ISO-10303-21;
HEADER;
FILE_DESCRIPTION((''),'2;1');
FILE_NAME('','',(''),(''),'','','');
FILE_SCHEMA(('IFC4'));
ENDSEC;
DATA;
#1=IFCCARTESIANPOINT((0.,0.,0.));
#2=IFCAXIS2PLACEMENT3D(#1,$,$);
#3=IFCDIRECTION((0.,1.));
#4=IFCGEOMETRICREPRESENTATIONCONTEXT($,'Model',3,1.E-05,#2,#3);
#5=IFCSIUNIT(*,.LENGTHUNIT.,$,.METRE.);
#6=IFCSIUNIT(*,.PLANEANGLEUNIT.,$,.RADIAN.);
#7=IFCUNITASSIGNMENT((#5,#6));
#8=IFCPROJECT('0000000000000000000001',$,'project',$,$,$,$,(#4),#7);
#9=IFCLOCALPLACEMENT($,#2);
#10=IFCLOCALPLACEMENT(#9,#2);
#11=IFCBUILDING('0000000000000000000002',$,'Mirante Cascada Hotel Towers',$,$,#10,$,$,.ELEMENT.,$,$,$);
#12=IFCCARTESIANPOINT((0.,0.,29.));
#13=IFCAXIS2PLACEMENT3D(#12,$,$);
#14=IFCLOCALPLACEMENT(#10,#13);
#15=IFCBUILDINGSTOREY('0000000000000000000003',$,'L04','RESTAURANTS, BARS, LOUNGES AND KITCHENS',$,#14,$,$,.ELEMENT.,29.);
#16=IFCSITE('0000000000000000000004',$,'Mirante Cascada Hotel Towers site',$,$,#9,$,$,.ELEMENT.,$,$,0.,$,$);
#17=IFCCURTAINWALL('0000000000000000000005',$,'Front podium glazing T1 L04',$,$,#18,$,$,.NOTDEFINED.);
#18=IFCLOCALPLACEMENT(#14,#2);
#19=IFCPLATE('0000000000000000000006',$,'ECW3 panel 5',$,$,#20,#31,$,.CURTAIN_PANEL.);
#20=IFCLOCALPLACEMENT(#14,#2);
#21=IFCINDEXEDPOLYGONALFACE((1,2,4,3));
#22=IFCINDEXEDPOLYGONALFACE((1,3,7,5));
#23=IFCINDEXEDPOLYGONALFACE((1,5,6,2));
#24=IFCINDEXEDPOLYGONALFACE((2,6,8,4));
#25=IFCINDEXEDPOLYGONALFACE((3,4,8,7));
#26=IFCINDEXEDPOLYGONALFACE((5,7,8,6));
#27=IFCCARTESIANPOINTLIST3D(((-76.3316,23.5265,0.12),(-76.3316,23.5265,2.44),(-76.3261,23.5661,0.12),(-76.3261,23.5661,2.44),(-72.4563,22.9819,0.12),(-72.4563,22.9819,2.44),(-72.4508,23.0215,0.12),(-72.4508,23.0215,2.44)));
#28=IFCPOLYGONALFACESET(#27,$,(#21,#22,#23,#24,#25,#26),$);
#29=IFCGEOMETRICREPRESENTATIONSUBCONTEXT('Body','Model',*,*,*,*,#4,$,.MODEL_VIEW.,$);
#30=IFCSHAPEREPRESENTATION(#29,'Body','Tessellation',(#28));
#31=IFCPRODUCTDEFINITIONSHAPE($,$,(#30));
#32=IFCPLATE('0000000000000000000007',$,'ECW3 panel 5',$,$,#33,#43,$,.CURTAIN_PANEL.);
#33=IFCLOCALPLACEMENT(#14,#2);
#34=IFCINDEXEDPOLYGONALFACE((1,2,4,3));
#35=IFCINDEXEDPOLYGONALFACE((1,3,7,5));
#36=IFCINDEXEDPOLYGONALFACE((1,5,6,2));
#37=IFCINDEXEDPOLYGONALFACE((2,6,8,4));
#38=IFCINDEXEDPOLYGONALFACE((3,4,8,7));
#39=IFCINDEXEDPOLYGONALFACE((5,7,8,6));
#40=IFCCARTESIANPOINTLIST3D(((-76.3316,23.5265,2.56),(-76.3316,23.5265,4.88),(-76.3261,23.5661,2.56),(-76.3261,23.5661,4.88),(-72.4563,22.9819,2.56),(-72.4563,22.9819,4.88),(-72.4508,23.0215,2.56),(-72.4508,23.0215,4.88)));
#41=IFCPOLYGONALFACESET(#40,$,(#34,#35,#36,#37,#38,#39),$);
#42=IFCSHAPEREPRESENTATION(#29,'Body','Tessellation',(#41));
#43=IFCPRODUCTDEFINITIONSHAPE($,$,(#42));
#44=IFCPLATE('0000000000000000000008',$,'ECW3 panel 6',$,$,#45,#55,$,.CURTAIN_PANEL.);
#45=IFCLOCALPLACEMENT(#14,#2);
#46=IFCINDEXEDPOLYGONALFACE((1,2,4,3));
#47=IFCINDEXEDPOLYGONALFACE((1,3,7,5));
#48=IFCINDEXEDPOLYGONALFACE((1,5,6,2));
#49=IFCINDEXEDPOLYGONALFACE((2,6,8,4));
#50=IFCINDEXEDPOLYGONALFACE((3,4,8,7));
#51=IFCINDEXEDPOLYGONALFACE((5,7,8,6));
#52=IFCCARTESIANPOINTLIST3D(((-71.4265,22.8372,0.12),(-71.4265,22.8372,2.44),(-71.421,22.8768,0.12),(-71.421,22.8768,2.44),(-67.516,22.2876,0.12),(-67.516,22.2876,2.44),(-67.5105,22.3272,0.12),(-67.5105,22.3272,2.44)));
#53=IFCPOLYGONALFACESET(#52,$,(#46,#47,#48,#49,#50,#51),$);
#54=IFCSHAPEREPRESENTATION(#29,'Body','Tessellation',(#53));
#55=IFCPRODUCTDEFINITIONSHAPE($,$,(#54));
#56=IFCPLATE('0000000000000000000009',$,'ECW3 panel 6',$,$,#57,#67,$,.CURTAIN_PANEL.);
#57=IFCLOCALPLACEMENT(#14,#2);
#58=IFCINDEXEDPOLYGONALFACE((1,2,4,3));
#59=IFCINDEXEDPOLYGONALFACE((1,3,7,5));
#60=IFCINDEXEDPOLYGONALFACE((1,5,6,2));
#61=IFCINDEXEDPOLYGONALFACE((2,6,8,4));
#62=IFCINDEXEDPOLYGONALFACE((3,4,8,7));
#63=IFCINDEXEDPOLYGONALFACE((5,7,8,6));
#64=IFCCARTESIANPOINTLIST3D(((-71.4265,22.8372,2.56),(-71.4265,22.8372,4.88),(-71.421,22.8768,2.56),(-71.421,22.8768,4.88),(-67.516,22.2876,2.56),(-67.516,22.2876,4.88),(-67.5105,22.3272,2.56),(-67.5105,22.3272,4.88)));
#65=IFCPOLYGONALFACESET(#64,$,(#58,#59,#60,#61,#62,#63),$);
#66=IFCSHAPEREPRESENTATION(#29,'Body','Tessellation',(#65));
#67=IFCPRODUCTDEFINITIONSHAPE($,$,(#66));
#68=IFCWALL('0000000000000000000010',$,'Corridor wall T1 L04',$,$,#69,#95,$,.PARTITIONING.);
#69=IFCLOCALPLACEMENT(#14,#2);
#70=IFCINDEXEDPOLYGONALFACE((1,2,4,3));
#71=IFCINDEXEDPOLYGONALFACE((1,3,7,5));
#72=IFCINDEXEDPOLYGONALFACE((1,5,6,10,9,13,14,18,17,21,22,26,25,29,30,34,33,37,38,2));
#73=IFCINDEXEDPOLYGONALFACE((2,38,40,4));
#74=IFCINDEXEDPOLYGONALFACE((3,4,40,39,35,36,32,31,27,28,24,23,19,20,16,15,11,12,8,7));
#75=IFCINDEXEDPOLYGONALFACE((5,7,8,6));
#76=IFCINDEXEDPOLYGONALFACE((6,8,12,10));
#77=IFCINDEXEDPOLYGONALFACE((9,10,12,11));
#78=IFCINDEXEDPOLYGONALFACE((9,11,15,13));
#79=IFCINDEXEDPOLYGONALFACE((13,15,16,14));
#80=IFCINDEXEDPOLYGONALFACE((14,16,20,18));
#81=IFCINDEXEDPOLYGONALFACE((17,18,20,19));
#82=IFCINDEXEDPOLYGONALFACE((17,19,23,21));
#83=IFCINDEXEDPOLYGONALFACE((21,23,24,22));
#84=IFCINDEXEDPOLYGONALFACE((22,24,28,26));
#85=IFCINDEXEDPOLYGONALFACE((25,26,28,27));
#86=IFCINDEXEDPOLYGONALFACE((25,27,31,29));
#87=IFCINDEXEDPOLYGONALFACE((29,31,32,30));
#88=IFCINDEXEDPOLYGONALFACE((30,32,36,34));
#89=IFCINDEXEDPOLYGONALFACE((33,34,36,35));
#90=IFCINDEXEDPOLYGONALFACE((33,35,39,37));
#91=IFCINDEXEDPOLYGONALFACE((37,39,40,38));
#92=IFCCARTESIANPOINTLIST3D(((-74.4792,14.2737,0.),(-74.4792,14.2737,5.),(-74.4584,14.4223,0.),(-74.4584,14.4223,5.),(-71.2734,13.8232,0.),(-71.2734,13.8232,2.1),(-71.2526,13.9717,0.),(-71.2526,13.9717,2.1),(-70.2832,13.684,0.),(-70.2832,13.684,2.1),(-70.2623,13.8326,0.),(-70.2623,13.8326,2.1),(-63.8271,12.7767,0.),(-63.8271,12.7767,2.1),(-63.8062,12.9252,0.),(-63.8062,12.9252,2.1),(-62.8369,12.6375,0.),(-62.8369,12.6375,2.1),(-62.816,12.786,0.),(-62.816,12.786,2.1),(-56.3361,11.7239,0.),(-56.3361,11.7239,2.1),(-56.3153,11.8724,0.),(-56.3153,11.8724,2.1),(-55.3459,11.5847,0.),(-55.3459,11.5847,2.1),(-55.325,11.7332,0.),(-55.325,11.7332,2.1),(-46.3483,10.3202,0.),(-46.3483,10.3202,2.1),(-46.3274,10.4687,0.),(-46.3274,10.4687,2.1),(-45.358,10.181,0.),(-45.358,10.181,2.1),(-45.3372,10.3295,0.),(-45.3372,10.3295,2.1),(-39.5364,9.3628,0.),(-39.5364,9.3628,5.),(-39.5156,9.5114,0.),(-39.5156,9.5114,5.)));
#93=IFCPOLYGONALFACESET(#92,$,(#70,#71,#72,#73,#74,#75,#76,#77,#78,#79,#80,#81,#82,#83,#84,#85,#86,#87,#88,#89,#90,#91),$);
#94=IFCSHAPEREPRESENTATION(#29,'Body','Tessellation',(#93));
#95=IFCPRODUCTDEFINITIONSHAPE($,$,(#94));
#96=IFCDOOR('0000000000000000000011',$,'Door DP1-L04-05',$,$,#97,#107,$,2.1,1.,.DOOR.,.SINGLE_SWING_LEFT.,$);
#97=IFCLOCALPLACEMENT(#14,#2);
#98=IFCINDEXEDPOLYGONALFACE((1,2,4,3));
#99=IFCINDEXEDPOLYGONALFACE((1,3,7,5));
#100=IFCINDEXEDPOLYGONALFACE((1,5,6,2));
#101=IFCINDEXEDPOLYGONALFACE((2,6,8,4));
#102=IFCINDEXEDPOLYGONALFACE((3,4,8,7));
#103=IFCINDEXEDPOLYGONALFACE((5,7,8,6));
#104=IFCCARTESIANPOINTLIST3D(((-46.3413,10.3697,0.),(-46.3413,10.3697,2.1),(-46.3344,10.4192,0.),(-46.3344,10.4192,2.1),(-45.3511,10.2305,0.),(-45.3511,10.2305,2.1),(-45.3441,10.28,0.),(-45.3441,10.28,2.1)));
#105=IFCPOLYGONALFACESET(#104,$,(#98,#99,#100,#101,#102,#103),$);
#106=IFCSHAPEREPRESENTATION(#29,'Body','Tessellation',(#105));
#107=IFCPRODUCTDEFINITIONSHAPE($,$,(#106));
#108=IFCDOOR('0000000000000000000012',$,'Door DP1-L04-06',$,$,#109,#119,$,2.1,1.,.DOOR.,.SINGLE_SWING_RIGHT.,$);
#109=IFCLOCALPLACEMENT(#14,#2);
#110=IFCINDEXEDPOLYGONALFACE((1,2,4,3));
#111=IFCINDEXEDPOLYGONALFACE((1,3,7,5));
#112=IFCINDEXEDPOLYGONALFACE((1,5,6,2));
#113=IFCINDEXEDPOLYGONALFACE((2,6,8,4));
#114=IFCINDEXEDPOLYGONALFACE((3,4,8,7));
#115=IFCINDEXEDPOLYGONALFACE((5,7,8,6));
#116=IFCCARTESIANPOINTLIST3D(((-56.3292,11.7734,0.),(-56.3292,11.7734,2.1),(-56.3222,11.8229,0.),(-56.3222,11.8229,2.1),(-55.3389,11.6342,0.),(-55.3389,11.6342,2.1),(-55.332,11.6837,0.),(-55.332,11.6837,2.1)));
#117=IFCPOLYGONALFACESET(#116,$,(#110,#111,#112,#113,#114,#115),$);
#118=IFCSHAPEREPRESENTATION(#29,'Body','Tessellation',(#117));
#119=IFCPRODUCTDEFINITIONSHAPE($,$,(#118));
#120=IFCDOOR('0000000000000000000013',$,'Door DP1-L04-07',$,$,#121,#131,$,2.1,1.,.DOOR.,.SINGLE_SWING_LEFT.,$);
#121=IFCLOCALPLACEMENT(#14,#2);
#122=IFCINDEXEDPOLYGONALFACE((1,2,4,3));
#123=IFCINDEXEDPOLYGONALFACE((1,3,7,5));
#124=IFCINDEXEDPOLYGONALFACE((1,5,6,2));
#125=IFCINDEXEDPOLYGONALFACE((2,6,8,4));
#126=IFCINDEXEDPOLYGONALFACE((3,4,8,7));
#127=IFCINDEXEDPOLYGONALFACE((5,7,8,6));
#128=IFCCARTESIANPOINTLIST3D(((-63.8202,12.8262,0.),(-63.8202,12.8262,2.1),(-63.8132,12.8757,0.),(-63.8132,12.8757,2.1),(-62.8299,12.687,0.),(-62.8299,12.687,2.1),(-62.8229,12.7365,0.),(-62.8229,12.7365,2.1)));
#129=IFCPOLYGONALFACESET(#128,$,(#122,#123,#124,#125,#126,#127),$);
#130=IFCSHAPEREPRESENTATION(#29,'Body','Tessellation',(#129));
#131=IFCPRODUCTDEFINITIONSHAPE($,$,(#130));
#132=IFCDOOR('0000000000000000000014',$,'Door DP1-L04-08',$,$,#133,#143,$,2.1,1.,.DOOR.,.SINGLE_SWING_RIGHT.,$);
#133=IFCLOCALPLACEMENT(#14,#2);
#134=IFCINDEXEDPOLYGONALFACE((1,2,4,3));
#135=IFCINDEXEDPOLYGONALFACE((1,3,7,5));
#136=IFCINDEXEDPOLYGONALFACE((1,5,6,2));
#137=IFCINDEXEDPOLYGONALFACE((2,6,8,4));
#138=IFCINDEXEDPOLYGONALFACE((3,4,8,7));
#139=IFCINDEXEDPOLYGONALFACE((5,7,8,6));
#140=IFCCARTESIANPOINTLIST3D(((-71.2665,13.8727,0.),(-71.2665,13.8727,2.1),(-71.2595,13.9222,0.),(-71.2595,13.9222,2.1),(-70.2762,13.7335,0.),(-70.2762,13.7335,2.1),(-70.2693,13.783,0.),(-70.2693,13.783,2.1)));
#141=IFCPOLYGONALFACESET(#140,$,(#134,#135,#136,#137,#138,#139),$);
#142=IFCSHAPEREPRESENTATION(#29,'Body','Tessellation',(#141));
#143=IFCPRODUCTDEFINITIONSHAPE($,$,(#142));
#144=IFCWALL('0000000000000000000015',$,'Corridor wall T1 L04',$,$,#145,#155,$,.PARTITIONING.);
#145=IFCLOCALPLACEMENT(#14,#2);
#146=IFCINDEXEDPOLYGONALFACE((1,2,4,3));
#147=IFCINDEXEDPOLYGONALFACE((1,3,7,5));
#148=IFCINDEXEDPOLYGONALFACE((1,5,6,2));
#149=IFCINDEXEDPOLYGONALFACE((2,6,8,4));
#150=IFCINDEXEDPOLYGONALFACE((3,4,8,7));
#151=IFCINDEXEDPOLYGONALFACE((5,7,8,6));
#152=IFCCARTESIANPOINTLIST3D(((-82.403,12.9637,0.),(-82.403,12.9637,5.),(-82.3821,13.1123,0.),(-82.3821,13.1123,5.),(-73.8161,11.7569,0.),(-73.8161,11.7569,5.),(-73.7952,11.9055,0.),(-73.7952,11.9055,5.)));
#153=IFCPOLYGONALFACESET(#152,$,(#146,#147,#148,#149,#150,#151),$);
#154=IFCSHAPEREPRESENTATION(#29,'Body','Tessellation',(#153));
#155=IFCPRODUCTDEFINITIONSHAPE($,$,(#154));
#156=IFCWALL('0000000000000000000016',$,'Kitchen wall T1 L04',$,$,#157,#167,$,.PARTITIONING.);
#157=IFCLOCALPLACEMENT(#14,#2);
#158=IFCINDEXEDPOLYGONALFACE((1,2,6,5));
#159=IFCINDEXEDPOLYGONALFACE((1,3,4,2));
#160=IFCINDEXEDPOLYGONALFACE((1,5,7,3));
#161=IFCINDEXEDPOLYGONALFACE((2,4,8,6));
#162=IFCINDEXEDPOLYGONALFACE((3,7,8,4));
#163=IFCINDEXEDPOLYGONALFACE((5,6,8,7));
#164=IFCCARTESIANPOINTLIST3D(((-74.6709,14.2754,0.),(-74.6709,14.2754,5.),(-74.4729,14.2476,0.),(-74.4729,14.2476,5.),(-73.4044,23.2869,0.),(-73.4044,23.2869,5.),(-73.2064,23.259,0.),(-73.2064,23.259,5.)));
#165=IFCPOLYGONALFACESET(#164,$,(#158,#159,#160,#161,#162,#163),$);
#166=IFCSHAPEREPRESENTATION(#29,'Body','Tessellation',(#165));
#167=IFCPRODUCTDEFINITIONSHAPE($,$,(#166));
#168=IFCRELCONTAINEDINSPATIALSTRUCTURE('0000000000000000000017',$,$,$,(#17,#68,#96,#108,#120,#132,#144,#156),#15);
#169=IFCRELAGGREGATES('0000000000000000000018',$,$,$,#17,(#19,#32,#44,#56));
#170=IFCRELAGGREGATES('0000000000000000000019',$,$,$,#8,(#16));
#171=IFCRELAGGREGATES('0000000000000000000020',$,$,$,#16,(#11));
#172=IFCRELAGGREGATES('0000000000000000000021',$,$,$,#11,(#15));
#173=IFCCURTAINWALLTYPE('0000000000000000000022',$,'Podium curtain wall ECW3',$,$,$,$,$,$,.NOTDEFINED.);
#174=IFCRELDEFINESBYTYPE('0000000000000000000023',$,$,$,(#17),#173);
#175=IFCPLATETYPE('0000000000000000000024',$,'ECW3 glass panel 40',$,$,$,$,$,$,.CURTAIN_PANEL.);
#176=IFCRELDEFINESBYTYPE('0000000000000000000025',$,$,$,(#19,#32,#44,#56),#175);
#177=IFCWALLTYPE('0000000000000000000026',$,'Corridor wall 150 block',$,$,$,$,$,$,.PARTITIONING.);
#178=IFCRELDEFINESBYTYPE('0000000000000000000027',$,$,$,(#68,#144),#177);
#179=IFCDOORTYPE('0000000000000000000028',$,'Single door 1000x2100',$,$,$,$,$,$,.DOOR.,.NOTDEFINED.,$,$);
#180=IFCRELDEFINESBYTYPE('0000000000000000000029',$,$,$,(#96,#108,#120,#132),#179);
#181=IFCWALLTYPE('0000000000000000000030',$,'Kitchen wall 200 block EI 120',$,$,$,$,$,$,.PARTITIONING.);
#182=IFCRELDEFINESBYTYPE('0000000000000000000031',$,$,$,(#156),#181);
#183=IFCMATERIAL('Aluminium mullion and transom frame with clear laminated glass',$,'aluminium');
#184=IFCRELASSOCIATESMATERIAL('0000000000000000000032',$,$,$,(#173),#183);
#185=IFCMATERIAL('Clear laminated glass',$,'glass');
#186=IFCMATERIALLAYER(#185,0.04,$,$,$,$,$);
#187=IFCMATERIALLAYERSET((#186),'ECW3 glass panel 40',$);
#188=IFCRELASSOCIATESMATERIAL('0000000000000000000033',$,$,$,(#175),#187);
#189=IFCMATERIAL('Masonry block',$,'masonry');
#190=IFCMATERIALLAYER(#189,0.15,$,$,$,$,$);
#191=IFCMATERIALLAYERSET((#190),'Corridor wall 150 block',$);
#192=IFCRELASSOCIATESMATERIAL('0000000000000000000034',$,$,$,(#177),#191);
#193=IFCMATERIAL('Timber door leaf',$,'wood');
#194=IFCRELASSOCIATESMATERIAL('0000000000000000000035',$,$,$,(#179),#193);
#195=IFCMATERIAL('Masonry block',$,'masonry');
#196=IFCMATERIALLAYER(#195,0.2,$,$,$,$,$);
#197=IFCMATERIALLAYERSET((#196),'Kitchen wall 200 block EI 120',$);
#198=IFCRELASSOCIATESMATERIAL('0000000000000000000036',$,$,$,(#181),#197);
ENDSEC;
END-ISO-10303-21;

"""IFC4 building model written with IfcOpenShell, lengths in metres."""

from ifc_helpers import new_model, si_unit, direction, frame, frame_2d, origin, origin_2d, place, context, subcontext, project, spatial, rectangle, extrude, material, layer, layer_set, type_object, element, fill, aggregate, save


model = new_model("IFC4")

# Units and contexts
model_context = context("Model", 3, precision=1e-05, world=origin(), true_north=direction((0.0, 1.0)))
body_context = subcontext(model_context, "Body", "Model", "MODEL_VIEW")
ifc_project = project(units=[si_unit("LENGTHUNIT", "METRE"), si_unit("PLANEANGLEUNIT", "RADIAN")], contexts=[model_context])

# Site, building, storey
site_placement = place(None, origin())
site = spatial("IfcSite", under=ifc_project, at=site_placement, Name="Mirante Cascada Hotel Towers site", CompositionType="ELEMENT", RefElevation=0.0)
building_placement = place(site_placement, origin())
building = spatial("IfcBuilding", under=site, at=building_placement, Name="Mirante Cascada Hotel Towers", CompositionType="ELEMENT")
storey_placement = place(building_placement, frame((0.0, 0.0, 29.0)))
storey = spatial("IfcBuildingStorey", under=building, at=storey_placement, Name="L04", Description="RESTAURANTS, BARS, LOUNGES AND KITCHENS", CompositionType="ELEMENT", Elevation=29.0)

# Curtain wall, plates
ifc_material_1 = material(Name="Aluminium mullion and transom frame with clear laminated glass", Category="aluminium")
curtain_wall_type = type_object("IfcCurtainWallType", Name="Podium curtain wall ECW3", PredefinedType="NOTDEFINED", material=ifc_material_1)
curtain_wall_placement = place(storey_placement, origin())
curtain_wall = element("IfcCurtainWall", 1, at=curtain_wall_placement, inside=storey, type_object=curtain_wall_type, Name="Front podium glazing T1 L04", PredefinedType="NOTDEFINED")
ifc_material_2 = material(Name="Clear laminated glass", Category="glass")
ifc_layer_1 = layer(ifc_material_2, 0.04)
ifc_layer_set_1 = layer_set([ifc_layer_1], Name="ECW3 glass panel 40")
plate_type = type_object("IfcPlateType", Name="ECW3 glass panel 40", PredefinedType="CURTAIN_PANEL", material=ifc_layer_set_1)
plate_1_placement = place(storey_placement, frame((-74.3912, 23.274, 0.12), z_axis=(0.0, 0.0, 1.0), x_axis=(0.990268, -0.139173, 0.0)))
plate_1 = element("IfcPlate", 2, at=plate_1_placement, type_object=plate_type, Name="ECW3 panel 5", PredefinedType="CURTAIN_PANEL", context=body_context, shape_type="SweptSolid", body=[
    extrude(rectangle(XDim=3.9134, YDim=0.04, at=origin_2d()), origin(), (0.0, 0.0, 1.0), 2.32),
])
plate_2_placement = place(storey_placement, frame((-74.3912, 23.274, 2.56), z_axis=(0.0, 0.0, 1.0), x_axis=(0.990268, -0.139173, 0.0)))
plate_2 = element("IfcPlate", 3, at=plate_2_placement, type_object=plate_type, Name="ECW3 panel 5", PredefinedType="CURTAIN_PANEL", context=body_context, shape_type="SweptSolid", body=[
    extrude(rectangle(XDim=3.9134, YDim=0.04, at=origin_2d()), origin(), (0.0, 0.0, 1.0), 2.32),
])
plate_3_placement = place(storey_placement, frame((-69.4685, 22.5822, 0.12), z_axis=(0.0, 0.0, 1.0), x_axis=(0.990268, -0.139173, 0.0)))
plate_3 = element("IfcPlate", 4, at=plate_3_placement, type_object=plate_type, Name="ECW3 panel 6", PredefinedType="CURTAIN_PANEL", context=body_context, shape_type="SweptSolid", body=[
    extrude(rectangle(XDim=3.9489, YDim=0.04, at=origin_2d()), origin(), (0.0, 0.0, 1.0), 2.32),
])
plate_4_placement = place(storey_placement, frame((-69.4685, 22.5822, 2.56), z_axis=(0.0, 0.0, 1.0), x_axis=(0.990268, -0.139173, 0.0)))
plate_4 = element("IfcPlate", 5, at=plate_4_placement, type_object=plate_type, Name="ECW3 panel 6", PredefinedType="CURTAIN_PANEL", context=body_context, shape_type="SweptSolid", body=[
    extrude(rectangle(XDim=3.9489, YDim=0.04, at=origin_2d()), origin(), (0.0, 0.0, 1.0), 2.32),
])
aggregate(curtain_wall, [plate_1, plate_2, plate_3, plate_4])

# Wall, openings, doors
ifc_material_3 = material(Name="Masonry block", Category="masonry")
ifc_layer_2 = layer(ifc_material_3, 0.15)
ifc_layer_set_2 = layer_set([ifc_layer_2], Name="Corridor wall 150 block")
wall_type_1 = type_object("IfcWallType", Name="Corridor wall 150 block", PredefinedType="PARTITIONING", material=ifc_layer_set_2)
wall_1_placement = place(storey_placement, frame((-74.4688, 14.348, 0.0), z_axis=(0.0, 0.0, 1.0), x_axis=(0.990268, -0.139173, 0.0)))
wall_1 = element("IfcWall", 6, at=wall_1_placement, inside=storey, type_object=wall_type_1, Name="Corridor wall T1 L04", PredefinedType="PARTITIONING", context=body_context, shape_type="SweptSolid", body=[
    extrude(rectangle(XDim=35.2862, YDim=0.15, at=frame_2d((17.6431, 0.0))), origin(), (0.0, 0.0, 1.0), 5.0),
])
opening_1_placement = place(wall_1_placement, frame((28.4074, 0.0, 0.0)))
opening_1 = element("IfcOpeningElement", 7, at=opening_1_placement, cuts=wall_1, PredefinedType="OPENING", context=body_context, shape_type="SweptSolid", body=[
    extrude(rectangle(XDim=1.0, YDim=2.1, at=frame_2d((0.5, 1.05))), frame((0.0, 0.075, 0.0), z_axis=(0.0, -1.0, 0.0), x_axis=(1.0, 0.0, 0.0)), (0.0, 0.0, 1.0), 0.15),
])
opening_2_placement = place(wall_1_placement, frame((18.3214, 0.0, 0.0)))
opening_2 = element("IfcOpeningElement", 8, at=opening_2_placement, cuts=wall_1, PredefinedType="OPENING", context=body_context, shape_type="SweptSolid", body=[
    extrude(rectangle(XDim=1.0, YDim=2.1, at=frame_2d((0.5, 1.05))), frame((0.0, 0.075, 0.0), z_axis=(0.0, -1.0, 0.0), x_axis=(1.0, 0.0, 0.0)), (0.0, 0.0, 1.0), 0.15),
])
opening_3_placement = place(wall_1_placement, frame((10.7568, 0.0, 0.0)))
opening_3 = element("IfcOpeningElement", 9, at=opening_3_placement, cuts=wall_1, PredefinedType="OPENING", context=body_context, shape_type="SweptSolid", body=[
    extrude(rectangle(XDim=1.0, YDim=2.1, at=frame_2d((0.5, 1.05))), frame((0.0, 0.075, 0.0), z_axis=(0.0, -1.0, 0.0), x_axis=(1.0, 0.0, 0.0)), (0.0, 0.0, 1.0), 0.15),
])
opening_4_placement = place(wall_1_placement, frame((3.2373, 0.0, 0.0)))
opening_4 = element("IfcOpeningElement", 10, at=opening_4_placement, cuts=wall_1, PredefinedType="OPENING", context=body_context, shape_type="SweptSolid", body=[
    extrude(rectangle(XDim=1.0, YDim=2.1, at=frame_2d((0.5, 1.05))), frame((0.0, 0.075, 0.0), z_axis=(0.0, -1.0, 0.0), x_axis=(1.0, 0.0, 0.0)), (0.0, 0.0, 1.0), 0.15),
])
ifc_material_4 = material(Name="Timber door leaf", Category="wood")
door_type = type_object("IfcDoorType", Name="Single door 1000x2100", OperationType="NOTDEFINED", PredefinedType="DOOR", material=ifc_material_4)
door_1_placement = place(opening_1_placement, frame((1.0, 0.0, 0.0), z_axis=(0.0, 0.0, 1.0), x_axis=(-1.0, 0.0, 0.0)))
door_1 = element("IfcDoor", 11, at=door_1_placement, inside=storey, type_object=door_type, Name="Door DP1-L04-05", OperationType="SINGLE_SWING_LEFT", OverallHeight=2.1, OverallWidth=1.0, PredefinedType="DOOR", context=body_context, shape_type="SweptSolid", body=[
    extrude(rectangle(XDim=1.0, YDim=2.1, at=frame_2d((0.5, 1.05))), frame((0.0, 0.025, 0.0), z_axis=(0.0, -1.0, 0.0), x_axis=(1.0, 0.0, 0.0)), (0.0, 0.0, 1.0), 0.05),
])
fill(opening_1, door_1)
door_2_placement = place(opening_2_placement, origin())
door_2 = element("IfcDoor", 12, at=door_2_placement, inside=storey, type_object=door_type, Name="Door DP1-L04-06", OperationType="SINGLE_SWING_RIGHT", OverallHeight=2.1, OverallWidth=1.0, PredefinedType="DOOR", context=body_context, shape_type="SweptSolid", body=[
    extrude(rectangle(XDim=1.0, YDim=2.1, at=frame_2d((0.5, 1.05))), frame((0.0, 0.025, 0.0), z_axis=(0.0, -1.0, 0.0), x_axis=(1.0, 0.0, 0.0)), (0.0, 0.0, 1.0), 0.05),
])
fill(opening_2, door_2)
door_3_placement = place(opening_3_placement, frame((1.0, 0.0, 0.0), z_axis=(0.0, 0.0, 1.0), x_axis=(-1.0, 0.0, 0.0)))
door_3 = element("IfcDoor", 13, at=door_3_placement, inside=storey, type_object=door_type, Name="Door DP1-L04-07", OperationType="SINGLE_SWING_LEFT", OverallHeight=2.1, OverallWidth=1.0, PredefinedType="DOOR", context=body_context, shape_type="SweptSolid", body=[
    extrude(rectangle(XDim=1.0, YDim=2.1, at=frame_2d((0.5, 1.05))), frame((0.0, 0.025, 0.0), z_axis=(0.0, -1.0, 0.0), x_axis=(1.0, 0.0, 0.0)), (0.0, 0.0, 1.0), 0.05),
])
fill(opening_3, door_3)
door_4_placement = place(opening_4_placement, frame((1.0, 0.0, 0.0), z_axis=(0.0, 0.0, 1.0), x_axis=(-1.0, 0.0, 0.0)))
door_4 = element("IfcDoor", 14, at=door_4_placement, inside=storey, type_object=door_type, Name="Door DP1-L04-08", OperationType="SINGLE_SWING_RIGHT", OverallHeight=2.1, OverallWidth=1.0, PredefinedType="DOOR", context=body_context, shape_type="SweptSolid", body=[
    extrude(rectangle(XDim=1.0, YDim=2.1, at=frame_2d((0.5, 1.05))), frame((0.0, 0.025, 0.0), z_axis=(0.0, -1.0, 0.0), x_axis=(1.0, 0.0, 0.0)), (0.0, 0.0, 1.0), 0.05),
])
fill(opening_4, door_4)

# Walls
wall_2_placement = place(storey_placement, frame((-82.3925, 13.038, 0.0), z_axis=(0.0, 0.0, 1.0), x_axis=(0.990268, -0.139172, 0.0)))
element("IfcWall", 15, at=wall_2_placement, inside=storey, type_object=wall_type_1, Name="Corridor wall T1 L04", PredefinedType="PARTITIONING", context=body_context, shape_type="SweptSolid", body=[
    extrude(rectangle(XDim=8.6713, YDim=0.15, at=frame_2d((4.3356, 0.0))), origin(), (0.0, 0.0, 1.0), 5.0),
])
ifc_material_5 = material(Name="Masonry block", Category="masonry")
ifc_layer_3 = layer(ifc_material_5, 0.2)
ifc_layer_set_3 = layer_set([ifc_layer_3], Name="Kitchen wall 200 block EI 120")
wall_type_2 = type_object("IfcWallType", Name="Kitchen wall 200 block EI 120", PredefinedType="PARTITIONING", material=ifc_layer_set_3)
wall_3_placement = place(storey_placement, frame((-74.5719, 14.2615, 0.0), z_axis=(0.0, 0.0, 1.0), x_axis=(0.139176, 0.990268, 0.0)))
element("IfcWall", 16, at=wall_3_placement, inside=storey, type_object=wall_type_2, Name="Kitchen wall T1 L04", PredefinedType="PARTITIONING", context=body_context, shape_type="SweptSolid", body=[
    extrude(rectangle(XDim=9.1, YDim=0.2, at=frame_2d((4.55, 0.0))), origin(), (0.0, 0.0, 1.0), 5.0),
])

save(model, "model.ifc")
